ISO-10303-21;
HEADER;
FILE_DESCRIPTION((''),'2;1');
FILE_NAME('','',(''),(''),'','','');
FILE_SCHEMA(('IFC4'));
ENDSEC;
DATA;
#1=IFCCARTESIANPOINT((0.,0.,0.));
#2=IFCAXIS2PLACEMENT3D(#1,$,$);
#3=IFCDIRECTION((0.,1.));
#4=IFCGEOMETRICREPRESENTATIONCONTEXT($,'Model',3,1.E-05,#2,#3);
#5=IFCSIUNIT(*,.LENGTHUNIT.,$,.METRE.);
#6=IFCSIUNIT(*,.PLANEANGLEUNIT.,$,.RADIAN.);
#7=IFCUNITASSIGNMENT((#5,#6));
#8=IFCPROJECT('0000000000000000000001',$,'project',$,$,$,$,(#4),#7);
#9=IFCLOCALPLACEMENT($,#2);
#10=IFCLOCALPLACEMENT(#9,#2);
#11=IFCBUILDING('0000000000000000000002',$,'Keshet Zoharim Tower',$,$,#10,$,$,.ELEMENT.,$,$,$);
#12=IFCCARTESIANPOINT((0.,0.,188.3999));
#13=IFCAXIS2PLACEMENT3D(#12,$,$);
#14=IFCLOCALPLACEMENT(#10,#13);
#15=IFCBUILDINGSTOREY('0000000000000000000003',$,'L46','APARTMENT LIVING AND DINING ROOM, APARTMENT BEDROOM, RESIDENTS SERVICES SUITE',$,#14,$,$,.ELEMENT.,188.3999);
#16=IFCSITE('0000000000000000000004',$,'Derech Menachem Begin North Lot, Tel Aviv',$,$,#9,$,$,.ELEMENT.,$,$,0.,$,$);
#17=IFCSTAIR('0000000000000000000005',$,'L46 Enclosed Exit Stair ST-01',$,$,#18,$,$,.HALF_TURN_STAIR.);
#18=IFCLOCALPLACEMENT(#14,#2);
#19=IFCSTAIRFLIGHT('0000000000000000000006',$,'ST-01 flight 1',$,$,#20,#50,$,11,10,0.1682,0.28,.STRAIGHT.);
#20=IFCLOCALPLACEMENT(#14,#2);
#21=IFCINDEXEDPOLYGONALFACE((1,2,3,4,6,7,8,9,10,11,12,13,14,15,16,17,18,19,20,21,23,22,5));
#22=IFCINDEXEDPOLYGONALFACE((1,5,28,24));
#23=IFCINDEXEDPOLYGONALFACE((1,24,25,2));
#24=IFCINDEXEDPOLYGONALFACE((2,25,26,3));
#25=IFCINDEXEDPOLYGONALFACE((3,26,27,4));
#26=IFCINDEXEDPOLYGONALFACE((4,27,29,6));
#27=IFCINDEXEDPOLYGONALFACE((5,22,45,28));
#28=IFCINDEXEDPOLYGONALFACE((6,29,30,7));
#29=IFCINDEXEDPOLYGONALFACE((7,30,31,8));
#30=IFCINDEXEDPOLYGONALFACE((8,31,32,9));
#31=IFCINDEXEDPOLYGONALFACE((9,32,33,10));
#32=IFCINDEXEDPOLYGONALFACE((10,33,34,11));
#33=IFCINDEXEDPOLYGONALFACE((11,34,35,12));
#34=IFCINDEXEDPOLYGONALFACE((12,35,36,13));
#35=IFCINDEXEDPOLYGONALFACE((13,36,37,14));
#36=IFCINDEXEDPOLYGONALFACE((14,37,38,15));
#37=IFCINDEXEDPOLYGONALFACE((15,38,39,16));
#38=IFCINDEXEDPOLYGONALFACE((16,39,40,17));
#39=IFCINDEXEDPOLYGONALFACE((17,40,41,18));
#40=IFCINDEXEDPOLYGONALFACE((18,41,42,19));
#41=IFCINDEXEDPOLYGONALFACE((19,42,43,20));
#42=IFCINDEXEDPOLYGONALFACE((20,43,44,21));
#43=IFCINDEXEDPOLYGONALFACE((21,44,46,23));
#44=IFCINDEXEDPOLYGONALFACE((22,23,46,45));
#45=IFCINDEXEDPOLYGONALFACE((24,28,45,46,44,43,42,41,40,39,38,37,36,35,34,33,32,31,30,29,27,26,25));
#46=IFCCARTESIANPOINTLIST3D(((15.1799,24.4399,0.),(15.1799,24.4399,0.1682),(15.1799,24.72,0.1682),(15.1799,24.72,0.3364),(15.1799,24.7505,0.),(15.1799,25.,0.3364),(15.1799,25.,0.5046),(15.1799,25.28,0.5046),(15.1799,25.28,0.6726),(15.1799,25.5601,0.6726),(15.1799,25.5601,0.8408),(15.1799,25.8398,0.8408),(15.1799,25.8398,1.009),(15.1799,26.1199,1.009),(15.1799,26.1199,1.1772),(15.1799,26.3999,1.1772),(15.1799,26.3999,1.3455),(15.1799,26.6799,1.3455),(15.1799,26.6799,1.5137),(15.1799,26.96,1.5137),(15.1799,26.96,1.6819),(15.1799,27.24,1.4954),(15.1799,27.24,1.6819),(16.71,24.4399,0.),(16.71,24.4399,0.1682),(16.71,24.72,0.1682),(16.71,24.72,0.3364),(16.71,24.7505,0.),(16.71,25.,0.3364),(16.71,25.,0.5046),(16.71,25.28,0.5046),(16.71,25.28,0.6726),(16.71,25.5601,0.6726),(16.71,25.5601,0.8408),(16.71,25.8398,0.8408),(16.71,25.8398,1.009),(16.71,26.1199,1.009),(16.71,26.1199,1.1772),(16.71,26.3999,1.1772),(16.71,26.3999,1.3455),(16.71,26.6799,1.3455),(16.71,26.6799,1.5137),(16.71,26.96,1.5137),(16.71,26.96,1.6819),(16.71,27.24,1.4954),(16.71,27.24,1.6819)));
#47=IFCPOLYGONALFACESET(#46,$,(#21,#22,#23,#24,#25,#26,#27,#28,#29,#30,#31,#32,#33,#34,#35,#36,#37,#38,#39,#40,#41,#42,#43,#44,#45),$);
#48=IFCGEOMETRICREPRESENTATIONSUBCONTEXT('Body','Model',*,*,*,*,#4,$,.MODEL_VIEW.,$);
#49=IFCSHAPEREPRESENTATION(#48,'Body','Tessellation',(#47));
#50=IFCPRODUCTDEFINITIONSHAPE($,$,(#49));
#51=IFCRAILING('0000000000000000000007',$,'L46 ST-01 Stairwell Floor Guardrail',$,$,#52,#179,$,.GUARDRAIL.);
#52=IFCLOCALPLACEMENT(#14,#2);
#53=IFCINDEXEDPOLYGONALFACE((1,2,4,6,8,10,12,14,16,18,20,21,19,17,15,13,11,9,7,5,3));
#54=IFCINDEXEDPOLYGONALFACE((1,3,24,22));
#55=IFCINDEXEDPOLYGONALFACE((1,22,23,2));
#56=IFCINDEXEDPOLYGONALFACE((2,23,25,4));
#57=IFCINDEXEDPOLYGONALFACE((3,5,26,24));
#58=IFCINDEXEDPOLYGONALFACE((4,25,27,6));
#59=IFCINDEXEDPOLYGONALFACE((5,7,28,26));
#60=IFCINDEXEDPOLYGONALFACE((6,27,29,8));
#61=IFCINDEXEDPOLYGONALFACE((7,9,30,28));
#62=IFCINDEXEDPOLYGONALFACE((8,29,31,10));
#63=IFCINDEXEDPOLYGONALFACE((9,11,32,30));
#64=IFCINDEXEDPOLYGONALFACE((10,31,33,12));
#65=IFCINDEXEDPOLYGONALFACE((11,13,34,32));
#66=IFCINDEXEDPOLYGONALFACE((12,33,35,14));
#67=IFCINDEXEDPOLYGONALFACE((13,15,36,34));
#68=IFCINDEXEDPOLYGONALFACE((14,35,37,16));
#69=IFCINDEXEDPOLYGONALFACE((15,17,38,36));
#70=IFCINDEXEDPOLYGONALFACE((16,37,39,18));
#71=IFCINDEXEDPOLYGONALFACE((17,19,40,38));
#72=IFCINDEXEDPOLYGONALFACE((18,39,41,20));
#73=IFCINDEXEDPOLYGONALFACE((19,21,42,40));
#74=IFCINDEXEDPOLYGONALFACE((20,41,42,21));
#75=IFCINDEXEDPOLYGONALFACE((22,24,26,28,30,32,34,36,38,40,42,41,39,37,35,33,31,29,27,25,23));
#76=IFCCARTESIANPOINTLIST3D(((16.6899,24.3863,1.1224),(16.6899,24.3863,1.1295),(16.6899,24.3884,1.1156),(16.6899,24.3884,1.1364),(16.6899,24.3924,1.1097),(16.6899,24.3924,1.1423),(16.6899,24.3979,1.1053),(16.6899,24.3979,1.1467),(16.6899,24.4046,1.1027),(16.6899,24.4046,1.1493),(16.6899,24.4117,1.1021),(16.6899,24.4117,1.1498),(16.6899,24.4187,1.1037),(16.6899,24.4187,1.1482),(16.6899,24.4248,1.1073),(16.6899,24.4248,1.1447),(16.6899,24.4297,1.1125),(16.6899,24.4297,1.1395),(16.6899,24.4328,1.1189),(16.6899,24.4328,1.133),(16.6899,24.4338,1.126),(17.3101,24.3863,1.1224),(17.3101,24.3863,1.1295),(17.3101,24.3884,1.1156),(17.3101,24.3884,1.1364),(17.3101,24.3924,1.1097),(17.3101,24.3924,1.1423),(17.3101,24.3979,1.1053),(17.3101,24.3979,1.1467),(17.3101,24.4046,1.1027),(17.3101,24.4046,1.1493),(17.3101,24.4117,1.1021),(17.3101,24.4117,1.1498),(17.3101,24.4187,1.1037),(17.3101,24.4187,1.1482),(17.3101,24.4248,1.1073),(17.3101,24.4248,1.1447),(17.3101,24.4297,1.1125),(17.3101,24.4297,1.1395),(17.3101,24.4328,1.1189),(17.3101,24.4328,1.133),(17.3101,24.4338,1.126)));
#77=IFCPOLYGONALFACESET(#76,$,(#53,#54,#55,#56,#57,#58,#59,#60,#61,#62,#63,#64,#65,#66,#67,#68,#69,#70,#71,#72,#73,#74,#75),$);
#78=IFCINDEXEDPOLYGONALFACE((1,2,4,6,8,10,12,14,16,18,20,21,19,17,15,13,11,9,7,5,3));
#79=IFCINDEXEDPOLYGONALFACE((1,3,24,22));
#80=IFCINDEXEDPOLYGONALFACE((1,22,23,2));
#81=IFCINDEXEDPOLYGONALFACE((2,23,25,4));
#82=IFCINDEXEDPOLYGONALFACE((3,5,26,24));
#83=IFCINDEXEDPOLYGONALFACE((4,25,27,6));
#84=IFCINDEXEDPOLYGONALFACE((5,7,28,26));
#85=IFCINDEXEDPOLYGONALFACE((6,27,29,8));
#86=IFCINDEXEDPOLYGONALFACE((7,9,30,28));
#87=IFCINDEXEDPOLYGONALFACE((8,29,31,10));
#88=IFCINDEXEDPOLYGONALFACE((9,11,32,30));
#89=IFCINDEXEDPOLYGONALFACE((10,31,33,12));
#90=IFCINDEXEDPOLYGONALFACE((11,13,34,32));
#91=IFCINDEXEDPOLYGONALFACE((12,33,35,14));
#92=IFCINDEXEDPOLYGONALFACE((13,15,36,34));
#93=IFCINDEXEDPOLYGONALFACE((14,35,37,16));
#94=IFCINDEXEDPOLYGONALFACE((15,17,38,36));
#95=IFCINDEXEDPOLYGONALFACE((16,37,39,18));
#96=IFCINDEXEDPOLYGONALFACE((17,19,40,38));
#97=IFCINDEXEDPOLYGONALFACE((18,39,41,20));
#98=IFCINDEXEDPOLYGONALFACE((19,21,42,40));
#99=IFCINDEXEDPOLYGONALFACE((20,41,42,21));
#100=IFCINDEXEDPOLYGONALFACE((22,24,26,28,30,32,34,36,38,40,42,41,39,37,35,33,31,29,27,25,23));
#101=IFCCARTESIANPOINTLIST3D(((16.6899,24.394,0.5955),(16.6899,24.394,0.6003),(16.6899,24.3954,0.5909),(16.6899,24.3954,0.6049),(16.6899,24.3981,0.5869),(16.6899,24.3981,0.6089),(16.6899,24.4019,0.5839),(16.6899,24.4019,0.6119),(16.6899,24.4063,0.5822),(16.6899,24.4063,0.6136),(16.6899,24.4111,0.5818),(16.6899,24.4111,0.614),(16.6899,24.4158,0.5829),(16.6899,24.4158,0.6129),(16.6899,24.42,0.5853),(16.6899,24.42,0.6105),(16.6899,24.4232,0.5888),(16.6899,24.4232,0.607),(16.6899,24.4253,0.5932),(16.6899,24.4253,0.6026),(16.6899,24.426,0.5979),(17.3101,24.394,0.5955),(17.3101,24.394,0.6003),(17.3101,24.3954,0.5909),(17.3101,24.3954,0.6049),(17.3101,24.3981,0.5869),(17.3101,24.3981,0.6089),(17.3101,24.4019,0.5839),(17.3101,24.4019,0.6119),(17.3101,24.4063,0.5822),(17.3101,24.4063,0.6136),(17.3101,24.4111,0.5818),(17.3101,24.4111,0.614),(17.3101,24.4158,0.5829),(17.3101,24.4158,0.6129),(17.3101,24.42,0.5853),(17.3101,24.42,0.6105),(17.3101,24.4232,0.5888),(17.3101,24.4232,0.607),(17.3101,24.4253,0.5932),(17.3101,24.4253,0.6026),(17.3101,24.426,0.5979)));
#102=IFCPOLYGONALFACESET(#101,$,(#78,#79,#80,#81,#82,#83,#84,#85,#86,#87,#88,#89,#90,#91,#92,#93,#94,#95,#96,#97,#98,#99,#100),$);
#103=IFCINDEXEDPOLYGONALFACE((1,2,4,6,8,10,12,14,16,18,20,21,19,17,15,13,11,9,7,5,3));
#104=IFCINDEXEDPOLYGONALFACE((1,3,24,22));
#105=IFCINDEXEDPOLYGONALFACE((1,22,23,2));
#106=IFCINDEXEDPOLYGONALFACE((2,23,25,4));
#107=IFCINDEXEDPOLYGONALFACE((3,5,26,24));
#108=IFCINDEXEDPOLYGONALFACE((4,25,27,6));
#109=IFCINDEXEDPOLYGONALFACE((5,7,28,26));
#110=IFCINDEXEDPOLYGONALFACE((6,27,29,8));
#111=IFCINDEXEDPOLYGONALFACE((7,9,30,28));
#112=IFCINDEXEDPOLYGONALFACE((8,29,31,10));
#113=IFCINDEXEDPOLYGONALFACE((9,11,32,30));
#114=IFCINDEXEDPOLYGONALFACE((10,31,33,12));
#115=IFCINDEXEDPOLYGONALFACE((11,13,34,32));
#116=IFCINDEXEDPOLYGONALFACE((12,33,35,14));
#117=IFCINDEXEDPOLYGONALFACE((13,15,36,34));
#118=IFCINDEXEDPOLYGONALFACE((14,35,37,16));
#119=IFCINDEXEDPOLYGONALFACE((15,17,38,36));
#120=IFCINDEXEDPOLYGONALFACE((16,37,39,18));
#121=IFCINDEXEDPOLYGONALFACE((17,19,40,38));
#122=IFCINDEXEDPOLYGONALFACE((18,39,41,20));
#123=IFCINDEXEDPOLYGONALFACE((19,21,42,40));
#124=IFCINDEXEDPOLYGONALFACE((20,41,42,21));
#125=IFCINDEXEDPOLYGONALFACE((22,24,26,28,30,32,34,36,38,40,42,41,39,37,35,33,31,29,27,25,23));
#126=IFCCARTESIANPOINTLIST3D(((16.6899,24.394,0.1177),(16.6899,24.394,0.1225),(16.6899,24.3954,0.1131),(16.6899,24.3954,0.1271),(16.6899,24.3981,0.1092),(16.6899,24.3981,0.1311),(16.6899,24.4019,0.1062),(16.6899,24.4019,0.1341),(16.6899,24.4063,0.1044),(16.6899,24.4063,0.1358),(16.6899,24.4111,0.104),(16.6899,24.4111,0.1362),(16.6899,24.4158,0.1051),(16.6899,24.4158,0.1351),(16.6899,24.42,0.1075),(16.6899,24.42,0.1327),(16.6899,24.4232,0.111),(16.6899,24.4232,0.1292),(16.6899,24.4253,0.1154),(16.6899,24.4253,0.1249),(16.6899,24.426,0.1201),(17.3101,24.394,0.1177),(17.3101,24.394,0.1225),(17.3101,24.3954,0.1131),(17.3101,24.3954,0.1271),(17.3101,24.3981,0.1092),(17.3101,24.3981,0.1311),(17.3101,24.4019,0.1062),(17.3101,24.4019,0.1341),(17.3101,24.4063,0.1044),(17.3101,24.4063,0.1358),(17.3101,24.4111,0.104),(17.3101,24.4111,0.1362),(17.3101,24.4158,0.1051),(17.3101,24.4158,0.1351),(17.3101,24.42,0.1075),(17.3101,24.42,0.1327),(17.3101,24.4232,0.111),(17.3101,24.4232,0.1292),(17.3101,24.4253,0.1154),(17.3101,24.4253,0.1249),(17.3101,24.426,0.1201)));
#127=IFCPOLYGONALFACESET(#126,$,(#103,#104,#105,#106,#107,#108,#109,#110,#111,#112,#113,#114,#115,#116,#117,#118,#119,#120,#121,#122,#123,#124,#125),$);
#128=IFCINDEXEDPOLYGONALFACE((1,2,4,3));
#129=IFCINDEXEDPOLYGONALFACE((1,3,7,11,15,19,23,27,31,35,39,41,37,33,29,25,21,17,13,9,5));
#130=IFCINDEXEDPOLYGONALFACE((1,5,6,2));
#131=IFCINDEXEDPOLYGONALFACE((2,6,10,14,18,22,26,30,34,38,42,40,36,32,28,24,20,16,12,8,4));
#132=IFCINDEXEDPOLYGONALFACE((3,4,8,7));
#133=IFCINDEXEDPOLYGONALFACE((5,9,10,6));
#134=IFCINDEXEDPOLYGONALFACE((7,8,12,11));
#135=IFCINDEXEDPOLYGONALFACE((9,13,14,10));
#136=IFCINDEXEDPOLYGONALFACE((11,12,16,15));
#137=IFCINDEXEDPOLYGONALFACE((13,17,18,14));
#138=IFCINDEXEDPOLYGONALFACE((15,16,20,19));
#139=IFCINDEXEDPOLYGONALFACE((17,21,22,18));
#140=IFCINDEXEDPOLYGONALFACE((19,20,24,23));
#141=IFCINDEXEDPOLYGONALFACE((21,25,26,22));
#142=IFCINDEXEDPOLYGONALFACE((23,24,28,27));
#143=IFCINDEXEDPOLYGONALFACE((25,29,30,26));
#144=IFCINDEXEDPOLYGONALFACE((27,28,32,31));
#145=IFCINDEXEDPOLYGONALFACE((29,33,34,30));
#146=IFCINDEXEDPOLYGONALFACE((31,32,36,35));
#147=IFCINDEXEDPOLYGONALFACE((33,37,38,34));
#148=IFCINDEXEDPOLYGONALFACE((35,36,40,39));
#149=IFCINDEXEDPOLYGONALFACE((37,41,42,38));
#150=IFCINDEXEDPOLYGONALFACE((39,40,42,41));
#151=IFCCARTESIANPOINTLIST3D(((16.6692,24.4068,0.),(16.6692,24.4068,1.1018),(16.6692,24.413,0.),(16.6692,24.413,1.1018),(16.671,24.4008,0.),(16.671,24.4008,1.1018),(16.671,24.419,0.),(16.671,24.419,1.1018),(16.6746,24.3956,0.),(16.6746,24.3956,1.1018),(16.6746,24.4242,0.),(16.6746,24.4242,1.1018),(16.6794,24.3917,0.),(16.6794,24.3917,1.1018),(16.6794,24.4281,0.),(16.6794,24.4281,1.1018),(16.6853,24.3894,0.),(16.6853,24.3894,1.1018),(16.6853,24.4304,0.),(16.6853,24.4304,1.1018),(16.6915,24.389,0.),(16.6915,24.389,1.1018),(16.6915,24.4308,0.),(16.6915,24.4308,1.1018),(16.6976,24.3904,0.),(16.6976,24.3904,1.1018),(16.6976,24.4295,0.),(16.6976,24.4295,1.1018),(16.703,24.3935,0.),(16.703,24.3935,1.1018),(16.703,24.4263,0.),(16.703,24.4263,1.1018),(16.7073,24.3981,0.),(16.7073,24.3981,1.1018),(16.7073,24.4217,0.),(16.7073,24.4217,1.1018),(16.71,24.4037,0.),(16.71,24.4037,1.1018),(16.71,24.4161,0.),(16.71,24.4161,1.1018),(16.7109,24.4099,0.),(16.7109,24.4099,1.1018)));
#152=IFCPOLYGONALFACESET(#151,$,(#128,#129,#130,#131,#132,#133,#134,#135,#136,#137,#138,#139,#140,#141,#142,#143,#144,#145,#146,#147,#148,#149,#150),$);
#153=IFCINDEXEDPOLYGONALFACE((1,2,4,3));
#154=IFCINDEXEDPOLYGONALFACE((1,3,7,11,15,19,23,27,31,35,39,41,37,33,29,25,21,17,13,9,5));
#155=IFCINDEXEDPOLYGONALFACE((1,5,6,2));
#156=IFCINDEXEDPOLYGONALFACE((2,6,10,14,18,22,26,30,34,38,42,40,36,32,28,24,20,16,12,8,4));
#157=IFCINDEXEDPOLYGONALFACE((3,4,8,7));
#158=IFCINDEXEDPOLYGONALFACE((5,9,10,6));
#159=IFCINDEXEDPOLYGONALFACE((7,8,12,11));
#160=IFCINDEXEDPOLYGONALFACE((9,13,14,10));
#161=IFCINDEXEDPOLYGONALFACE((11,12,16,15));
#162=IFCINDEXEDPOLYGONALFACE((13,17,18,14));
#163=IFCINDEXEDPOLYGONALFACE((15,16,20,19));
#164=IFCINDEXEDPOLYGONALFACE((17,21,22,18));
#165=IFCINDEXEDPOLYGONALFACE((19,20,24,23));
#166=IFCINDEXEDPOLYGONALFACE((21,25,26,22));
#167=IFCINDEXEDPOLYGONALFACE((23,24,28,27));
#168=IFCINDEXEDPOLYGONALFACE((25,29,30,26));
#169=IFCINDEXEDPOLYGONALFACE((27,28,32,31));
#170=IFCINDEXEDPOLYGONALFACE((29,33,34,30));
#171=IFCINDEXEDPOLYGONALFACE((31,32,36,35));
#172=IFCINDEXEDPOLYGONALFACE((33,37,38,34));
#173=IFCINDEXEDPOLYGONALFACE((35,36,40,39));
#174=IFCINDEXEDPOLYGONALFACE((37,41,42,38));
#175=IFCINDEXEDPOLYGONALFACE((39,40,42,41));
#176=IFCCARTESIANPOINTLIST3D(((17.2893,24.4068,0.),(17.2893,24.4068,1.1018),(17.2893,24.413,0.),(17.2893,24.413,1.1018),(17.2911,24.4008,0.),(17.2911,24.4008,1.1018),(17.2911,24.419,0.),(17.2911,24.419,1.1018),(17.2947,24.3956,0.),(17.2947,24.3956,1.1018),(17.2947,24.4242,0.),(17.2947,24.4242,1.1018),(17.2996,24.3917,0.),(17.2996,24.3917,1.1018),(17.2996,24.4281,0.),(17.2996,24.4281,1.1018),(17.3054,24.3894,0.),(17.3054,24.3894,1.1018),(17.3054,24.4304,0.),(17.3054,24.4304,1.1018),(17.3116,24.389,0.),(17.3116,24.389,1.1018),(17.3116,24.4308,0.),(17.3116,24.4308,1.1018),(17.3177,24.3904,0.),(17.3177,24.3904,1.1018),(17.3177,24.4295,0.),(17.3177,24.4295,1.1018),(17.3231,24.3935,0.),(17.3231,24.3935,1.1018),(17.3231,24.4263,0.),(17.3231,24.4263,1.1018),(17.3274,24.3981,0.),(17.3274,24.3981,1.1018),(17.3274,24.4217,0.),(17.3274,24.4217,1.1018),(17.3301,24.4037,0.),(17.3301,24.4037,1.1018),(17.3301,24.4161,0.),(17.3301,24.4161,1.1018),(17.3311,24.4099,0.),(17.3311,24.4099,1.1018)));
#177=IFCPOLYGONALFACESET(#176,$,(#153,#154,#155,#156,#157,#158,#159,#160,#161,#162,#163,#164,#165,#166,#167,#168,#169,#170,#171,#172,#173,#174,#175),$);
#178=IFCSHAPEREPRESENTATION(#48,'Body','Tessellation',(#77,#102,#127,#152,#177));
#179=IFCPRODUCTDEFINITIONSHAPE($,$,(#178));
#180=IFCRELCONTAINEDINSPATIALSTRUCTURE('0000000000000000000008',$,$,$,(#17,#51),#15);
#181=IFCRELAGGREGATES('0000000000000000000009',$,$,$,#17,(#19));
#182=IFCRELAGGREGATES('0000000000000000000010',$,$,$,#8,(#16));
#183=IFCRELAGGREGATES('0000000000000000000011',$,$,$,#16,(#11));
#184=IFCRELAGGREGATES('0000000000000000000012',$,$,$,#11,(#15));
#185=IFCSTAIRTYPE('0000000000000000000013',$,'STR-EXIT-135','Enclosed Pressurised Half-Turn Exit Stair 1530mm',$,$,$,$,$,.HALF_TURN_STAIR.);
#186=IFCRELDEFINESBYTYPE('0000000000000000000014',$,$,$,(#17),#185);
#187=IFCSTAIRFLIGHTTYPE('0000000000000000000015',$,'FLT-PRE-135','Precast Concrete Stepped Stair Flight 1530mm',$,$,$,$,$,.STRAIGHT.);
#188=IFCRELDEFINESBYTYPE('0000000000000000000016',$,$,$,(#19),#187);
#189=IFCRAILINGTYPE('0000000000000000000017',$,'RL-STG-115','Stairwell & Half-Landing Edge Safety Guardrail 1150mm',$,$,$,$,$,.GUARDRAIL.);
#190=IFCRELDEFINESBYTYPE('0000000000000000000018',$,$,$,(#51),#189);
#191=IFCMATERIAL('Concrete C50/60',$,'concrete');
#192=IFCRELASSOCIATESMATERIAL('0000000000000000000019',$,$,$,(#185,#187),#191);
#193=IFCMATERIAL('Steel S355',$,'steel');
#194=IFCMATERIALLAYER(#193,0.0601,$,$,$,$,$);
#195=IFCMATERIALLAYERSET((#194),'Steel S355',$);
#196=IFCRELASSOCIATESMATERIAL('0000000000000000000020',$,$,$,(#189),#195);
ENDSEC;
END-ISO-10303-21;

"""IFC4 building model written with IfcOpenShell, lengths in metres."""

from ifc_helpers import new_model, si_unit, direction, frame, origin, origin_2d, place, context, subcontext, project, spatial, polyline, circle, outline, extrude, material, layer, layer_set, type_object, element, aggregate, save


model = new_model("IFC4")

# Units and contexts
model_context = context("Model", 3, precision=1e-05, world=origin(), true_north=direction((0.0, 1.0)))
body_context = subcontext(model_context, "Body", "Model", "MODEL_VIEW")
ifc_project = project(units=[si_unit("LENGTHUNIT", "METRE"), si_unit("PLANEANGLEUNIT", "RADIAN")], contexts=[model_context])

# Site, building, storey
site_placement = place(None, origin())
site = spatial("IfcSite", under=ifc_project, at=site_placement, Name="Derech Menachem Begin North Lot, Tel Aviv", CompositionType="ELEMENT", RefElevation=0.0)
building_placement = place(site_placement, origin())
building = spatial("IfcBuilding", under=site, at=building_placement, Name="Keshet Zoharim Tower", CompositionType="ELEMENT")
storey_placement = place(building_placement, frame((0.0, 0.0, 188.3999)))
storey = spatial("IfcBuildingStorey", under=building, at=storey_placement, Name="L46", Description="APARTMENT LIVING AND DINING ROOM, APARTMENT BEDROOM, RESIDENTS SERVICES SUITE", CompositionType="ELEMENT", Elevation=188.3999)

# Shared definitions
ifc_material_1 = material(Name="Steel S355", Category="steel")

# Shared definitions
ifc_material_2 = material(Name="Concrete C50/60", Category="concrete")

# Stair, stair flight
stair_type = type_object("IfcStairType", Name="STR-EXIT-135", Description="Enclosed Pressurised Half-Turn Exit Stair 1530mm", PredefinedType="HALF_TURN_STAIR", material=ifc_material_2)
stair_placement = place(storey_placement, origin())
stair = element("IfcStair", 1, at=stair_placement, inside=storey, type_object=stair_type, Name="L46 Enclosed Exit Stair ST-01", PredefinedType="HALF_TURN_STAIR")
stair_flight_type = type_object("IfcStairFlightType", Name="FLT-PRE-135", Description="Precast Concrete Stepped Stair Flight 1530mm", PredefinedType="STRAIGHT", material=ifc_material_2)
stair_flight_placement = place(storey_placement, frame((15.9451, 24.4399, 0.0), z_axis=(0.0, 0.0, 1.0), x_axis=(0.0, 1.0, 0.0)))
stair_flight = element("IfcStairFlight", 2, at=stair_flight_placement, type_object=stair_flight_type, Name="ST-01 flight 1", NumberOfRisers=11, NumberOfTreads=10, PredefinedType="STRAIGHT", RiserHeight=0.1682, TreadLength=0.28, context=body_context, shape_type="SweptSolid", body=[
    extrude(outline(polyline([(0.0, 0.0), (0.0, 0.1682), (0.28, 0.1682), (0.28, 0.3364), (0.5601, 0.3364), (0.5601, 0.5046), (0.8401, 0.5046), (0.8401, 0.6726), (1.1201, 0.6726), (1.1201, 0.8408), (1.3999, 0.8408), (1.3999, 1.009), (1.6799, 1.009), (1.6799, 1.1772), (1.96, 1.1772), (1.96, 1.3455), (2.24, 1.3455), (2.24, 1.5137), (2.52, 1.5137), (2.52, 1.6819), (2.8, 1.6819), (2.8, 1.8501), (2.8, 1.4954), (0.3105, 0.0), (0.0, 0.0)])), frame((0.0, 0.7651, 0.0), z_axis=(0.0, -1.0, 0.0), x_axis=(1.0, 0.0, 0.0)), (0.0, 0.0, 1.0), 1.53),
])
aggregate(stair, [stair_flight])

# Railing
ifc_layer_1 = layer(ifc_material_1, 0.0601)
ifc_layer_set_1 = layer_set([ifc_layer_1], Name="Steel S355")
railing_type = type_object("IfcRailingType", Name="RL-STG-115", Description="Stairwell & Half-Landing Edge Safety Guardrail 1150mm", PredefinedType="GUARDRAIL", material=ifc_layer_set_1)
railing_1_placement = place(storey_placement, frame((16.6899, 24.4099, 0.0)))
element("IfcRailing", 3, at=railing_1_placement, inside=storey, type_object=railing_type, Name="L46 ST-01 Stairwell Floor Guardrail", PredefinedType="GUARDRAIL", context=body_context, shape_type="SweptSolid", body=[
    extrude(circle(Radius=0.0239, at=origin_2d()), frame((0.0, 0.0, 1.126), z_axis=(1.0, 0.0, 0.0), x_axis=(0.0, 1.0, 0.0)), (0.0, 0.0, 1.0), 0.6201),
    extrude(circle(Radius=0.0161, at=origin_2d()), frame((0.0, 0.0, 0.5979), z_axis=(1.0, 0.0, 0.0), x_axis=(0.0, 1.0, 0.0)), (0.0, 0.0, 1.0), 0.6201),
    extrude(circle(Radius=0.0161, at=origin_2d()), frame((0.0, 0.0, 0.1201), z_axis=(1.0, 0.0, 0.0), x_axis=(0.0, 1.0, 0.0)), (0.0, 0.0, 1.0), 0.6201),
    extrude(circle(Radius=0.021, at=origin_2d()), origin(), (0.0, 0.0, 1.0), 1.1018),
    extrude(circle(Radius=0.021, at=origin_2d()), frame((0.6201, 0.0, 0.0)), (0.0, 0.0, 1.0), 1.1018),
])

save(model, "model.ifc")
